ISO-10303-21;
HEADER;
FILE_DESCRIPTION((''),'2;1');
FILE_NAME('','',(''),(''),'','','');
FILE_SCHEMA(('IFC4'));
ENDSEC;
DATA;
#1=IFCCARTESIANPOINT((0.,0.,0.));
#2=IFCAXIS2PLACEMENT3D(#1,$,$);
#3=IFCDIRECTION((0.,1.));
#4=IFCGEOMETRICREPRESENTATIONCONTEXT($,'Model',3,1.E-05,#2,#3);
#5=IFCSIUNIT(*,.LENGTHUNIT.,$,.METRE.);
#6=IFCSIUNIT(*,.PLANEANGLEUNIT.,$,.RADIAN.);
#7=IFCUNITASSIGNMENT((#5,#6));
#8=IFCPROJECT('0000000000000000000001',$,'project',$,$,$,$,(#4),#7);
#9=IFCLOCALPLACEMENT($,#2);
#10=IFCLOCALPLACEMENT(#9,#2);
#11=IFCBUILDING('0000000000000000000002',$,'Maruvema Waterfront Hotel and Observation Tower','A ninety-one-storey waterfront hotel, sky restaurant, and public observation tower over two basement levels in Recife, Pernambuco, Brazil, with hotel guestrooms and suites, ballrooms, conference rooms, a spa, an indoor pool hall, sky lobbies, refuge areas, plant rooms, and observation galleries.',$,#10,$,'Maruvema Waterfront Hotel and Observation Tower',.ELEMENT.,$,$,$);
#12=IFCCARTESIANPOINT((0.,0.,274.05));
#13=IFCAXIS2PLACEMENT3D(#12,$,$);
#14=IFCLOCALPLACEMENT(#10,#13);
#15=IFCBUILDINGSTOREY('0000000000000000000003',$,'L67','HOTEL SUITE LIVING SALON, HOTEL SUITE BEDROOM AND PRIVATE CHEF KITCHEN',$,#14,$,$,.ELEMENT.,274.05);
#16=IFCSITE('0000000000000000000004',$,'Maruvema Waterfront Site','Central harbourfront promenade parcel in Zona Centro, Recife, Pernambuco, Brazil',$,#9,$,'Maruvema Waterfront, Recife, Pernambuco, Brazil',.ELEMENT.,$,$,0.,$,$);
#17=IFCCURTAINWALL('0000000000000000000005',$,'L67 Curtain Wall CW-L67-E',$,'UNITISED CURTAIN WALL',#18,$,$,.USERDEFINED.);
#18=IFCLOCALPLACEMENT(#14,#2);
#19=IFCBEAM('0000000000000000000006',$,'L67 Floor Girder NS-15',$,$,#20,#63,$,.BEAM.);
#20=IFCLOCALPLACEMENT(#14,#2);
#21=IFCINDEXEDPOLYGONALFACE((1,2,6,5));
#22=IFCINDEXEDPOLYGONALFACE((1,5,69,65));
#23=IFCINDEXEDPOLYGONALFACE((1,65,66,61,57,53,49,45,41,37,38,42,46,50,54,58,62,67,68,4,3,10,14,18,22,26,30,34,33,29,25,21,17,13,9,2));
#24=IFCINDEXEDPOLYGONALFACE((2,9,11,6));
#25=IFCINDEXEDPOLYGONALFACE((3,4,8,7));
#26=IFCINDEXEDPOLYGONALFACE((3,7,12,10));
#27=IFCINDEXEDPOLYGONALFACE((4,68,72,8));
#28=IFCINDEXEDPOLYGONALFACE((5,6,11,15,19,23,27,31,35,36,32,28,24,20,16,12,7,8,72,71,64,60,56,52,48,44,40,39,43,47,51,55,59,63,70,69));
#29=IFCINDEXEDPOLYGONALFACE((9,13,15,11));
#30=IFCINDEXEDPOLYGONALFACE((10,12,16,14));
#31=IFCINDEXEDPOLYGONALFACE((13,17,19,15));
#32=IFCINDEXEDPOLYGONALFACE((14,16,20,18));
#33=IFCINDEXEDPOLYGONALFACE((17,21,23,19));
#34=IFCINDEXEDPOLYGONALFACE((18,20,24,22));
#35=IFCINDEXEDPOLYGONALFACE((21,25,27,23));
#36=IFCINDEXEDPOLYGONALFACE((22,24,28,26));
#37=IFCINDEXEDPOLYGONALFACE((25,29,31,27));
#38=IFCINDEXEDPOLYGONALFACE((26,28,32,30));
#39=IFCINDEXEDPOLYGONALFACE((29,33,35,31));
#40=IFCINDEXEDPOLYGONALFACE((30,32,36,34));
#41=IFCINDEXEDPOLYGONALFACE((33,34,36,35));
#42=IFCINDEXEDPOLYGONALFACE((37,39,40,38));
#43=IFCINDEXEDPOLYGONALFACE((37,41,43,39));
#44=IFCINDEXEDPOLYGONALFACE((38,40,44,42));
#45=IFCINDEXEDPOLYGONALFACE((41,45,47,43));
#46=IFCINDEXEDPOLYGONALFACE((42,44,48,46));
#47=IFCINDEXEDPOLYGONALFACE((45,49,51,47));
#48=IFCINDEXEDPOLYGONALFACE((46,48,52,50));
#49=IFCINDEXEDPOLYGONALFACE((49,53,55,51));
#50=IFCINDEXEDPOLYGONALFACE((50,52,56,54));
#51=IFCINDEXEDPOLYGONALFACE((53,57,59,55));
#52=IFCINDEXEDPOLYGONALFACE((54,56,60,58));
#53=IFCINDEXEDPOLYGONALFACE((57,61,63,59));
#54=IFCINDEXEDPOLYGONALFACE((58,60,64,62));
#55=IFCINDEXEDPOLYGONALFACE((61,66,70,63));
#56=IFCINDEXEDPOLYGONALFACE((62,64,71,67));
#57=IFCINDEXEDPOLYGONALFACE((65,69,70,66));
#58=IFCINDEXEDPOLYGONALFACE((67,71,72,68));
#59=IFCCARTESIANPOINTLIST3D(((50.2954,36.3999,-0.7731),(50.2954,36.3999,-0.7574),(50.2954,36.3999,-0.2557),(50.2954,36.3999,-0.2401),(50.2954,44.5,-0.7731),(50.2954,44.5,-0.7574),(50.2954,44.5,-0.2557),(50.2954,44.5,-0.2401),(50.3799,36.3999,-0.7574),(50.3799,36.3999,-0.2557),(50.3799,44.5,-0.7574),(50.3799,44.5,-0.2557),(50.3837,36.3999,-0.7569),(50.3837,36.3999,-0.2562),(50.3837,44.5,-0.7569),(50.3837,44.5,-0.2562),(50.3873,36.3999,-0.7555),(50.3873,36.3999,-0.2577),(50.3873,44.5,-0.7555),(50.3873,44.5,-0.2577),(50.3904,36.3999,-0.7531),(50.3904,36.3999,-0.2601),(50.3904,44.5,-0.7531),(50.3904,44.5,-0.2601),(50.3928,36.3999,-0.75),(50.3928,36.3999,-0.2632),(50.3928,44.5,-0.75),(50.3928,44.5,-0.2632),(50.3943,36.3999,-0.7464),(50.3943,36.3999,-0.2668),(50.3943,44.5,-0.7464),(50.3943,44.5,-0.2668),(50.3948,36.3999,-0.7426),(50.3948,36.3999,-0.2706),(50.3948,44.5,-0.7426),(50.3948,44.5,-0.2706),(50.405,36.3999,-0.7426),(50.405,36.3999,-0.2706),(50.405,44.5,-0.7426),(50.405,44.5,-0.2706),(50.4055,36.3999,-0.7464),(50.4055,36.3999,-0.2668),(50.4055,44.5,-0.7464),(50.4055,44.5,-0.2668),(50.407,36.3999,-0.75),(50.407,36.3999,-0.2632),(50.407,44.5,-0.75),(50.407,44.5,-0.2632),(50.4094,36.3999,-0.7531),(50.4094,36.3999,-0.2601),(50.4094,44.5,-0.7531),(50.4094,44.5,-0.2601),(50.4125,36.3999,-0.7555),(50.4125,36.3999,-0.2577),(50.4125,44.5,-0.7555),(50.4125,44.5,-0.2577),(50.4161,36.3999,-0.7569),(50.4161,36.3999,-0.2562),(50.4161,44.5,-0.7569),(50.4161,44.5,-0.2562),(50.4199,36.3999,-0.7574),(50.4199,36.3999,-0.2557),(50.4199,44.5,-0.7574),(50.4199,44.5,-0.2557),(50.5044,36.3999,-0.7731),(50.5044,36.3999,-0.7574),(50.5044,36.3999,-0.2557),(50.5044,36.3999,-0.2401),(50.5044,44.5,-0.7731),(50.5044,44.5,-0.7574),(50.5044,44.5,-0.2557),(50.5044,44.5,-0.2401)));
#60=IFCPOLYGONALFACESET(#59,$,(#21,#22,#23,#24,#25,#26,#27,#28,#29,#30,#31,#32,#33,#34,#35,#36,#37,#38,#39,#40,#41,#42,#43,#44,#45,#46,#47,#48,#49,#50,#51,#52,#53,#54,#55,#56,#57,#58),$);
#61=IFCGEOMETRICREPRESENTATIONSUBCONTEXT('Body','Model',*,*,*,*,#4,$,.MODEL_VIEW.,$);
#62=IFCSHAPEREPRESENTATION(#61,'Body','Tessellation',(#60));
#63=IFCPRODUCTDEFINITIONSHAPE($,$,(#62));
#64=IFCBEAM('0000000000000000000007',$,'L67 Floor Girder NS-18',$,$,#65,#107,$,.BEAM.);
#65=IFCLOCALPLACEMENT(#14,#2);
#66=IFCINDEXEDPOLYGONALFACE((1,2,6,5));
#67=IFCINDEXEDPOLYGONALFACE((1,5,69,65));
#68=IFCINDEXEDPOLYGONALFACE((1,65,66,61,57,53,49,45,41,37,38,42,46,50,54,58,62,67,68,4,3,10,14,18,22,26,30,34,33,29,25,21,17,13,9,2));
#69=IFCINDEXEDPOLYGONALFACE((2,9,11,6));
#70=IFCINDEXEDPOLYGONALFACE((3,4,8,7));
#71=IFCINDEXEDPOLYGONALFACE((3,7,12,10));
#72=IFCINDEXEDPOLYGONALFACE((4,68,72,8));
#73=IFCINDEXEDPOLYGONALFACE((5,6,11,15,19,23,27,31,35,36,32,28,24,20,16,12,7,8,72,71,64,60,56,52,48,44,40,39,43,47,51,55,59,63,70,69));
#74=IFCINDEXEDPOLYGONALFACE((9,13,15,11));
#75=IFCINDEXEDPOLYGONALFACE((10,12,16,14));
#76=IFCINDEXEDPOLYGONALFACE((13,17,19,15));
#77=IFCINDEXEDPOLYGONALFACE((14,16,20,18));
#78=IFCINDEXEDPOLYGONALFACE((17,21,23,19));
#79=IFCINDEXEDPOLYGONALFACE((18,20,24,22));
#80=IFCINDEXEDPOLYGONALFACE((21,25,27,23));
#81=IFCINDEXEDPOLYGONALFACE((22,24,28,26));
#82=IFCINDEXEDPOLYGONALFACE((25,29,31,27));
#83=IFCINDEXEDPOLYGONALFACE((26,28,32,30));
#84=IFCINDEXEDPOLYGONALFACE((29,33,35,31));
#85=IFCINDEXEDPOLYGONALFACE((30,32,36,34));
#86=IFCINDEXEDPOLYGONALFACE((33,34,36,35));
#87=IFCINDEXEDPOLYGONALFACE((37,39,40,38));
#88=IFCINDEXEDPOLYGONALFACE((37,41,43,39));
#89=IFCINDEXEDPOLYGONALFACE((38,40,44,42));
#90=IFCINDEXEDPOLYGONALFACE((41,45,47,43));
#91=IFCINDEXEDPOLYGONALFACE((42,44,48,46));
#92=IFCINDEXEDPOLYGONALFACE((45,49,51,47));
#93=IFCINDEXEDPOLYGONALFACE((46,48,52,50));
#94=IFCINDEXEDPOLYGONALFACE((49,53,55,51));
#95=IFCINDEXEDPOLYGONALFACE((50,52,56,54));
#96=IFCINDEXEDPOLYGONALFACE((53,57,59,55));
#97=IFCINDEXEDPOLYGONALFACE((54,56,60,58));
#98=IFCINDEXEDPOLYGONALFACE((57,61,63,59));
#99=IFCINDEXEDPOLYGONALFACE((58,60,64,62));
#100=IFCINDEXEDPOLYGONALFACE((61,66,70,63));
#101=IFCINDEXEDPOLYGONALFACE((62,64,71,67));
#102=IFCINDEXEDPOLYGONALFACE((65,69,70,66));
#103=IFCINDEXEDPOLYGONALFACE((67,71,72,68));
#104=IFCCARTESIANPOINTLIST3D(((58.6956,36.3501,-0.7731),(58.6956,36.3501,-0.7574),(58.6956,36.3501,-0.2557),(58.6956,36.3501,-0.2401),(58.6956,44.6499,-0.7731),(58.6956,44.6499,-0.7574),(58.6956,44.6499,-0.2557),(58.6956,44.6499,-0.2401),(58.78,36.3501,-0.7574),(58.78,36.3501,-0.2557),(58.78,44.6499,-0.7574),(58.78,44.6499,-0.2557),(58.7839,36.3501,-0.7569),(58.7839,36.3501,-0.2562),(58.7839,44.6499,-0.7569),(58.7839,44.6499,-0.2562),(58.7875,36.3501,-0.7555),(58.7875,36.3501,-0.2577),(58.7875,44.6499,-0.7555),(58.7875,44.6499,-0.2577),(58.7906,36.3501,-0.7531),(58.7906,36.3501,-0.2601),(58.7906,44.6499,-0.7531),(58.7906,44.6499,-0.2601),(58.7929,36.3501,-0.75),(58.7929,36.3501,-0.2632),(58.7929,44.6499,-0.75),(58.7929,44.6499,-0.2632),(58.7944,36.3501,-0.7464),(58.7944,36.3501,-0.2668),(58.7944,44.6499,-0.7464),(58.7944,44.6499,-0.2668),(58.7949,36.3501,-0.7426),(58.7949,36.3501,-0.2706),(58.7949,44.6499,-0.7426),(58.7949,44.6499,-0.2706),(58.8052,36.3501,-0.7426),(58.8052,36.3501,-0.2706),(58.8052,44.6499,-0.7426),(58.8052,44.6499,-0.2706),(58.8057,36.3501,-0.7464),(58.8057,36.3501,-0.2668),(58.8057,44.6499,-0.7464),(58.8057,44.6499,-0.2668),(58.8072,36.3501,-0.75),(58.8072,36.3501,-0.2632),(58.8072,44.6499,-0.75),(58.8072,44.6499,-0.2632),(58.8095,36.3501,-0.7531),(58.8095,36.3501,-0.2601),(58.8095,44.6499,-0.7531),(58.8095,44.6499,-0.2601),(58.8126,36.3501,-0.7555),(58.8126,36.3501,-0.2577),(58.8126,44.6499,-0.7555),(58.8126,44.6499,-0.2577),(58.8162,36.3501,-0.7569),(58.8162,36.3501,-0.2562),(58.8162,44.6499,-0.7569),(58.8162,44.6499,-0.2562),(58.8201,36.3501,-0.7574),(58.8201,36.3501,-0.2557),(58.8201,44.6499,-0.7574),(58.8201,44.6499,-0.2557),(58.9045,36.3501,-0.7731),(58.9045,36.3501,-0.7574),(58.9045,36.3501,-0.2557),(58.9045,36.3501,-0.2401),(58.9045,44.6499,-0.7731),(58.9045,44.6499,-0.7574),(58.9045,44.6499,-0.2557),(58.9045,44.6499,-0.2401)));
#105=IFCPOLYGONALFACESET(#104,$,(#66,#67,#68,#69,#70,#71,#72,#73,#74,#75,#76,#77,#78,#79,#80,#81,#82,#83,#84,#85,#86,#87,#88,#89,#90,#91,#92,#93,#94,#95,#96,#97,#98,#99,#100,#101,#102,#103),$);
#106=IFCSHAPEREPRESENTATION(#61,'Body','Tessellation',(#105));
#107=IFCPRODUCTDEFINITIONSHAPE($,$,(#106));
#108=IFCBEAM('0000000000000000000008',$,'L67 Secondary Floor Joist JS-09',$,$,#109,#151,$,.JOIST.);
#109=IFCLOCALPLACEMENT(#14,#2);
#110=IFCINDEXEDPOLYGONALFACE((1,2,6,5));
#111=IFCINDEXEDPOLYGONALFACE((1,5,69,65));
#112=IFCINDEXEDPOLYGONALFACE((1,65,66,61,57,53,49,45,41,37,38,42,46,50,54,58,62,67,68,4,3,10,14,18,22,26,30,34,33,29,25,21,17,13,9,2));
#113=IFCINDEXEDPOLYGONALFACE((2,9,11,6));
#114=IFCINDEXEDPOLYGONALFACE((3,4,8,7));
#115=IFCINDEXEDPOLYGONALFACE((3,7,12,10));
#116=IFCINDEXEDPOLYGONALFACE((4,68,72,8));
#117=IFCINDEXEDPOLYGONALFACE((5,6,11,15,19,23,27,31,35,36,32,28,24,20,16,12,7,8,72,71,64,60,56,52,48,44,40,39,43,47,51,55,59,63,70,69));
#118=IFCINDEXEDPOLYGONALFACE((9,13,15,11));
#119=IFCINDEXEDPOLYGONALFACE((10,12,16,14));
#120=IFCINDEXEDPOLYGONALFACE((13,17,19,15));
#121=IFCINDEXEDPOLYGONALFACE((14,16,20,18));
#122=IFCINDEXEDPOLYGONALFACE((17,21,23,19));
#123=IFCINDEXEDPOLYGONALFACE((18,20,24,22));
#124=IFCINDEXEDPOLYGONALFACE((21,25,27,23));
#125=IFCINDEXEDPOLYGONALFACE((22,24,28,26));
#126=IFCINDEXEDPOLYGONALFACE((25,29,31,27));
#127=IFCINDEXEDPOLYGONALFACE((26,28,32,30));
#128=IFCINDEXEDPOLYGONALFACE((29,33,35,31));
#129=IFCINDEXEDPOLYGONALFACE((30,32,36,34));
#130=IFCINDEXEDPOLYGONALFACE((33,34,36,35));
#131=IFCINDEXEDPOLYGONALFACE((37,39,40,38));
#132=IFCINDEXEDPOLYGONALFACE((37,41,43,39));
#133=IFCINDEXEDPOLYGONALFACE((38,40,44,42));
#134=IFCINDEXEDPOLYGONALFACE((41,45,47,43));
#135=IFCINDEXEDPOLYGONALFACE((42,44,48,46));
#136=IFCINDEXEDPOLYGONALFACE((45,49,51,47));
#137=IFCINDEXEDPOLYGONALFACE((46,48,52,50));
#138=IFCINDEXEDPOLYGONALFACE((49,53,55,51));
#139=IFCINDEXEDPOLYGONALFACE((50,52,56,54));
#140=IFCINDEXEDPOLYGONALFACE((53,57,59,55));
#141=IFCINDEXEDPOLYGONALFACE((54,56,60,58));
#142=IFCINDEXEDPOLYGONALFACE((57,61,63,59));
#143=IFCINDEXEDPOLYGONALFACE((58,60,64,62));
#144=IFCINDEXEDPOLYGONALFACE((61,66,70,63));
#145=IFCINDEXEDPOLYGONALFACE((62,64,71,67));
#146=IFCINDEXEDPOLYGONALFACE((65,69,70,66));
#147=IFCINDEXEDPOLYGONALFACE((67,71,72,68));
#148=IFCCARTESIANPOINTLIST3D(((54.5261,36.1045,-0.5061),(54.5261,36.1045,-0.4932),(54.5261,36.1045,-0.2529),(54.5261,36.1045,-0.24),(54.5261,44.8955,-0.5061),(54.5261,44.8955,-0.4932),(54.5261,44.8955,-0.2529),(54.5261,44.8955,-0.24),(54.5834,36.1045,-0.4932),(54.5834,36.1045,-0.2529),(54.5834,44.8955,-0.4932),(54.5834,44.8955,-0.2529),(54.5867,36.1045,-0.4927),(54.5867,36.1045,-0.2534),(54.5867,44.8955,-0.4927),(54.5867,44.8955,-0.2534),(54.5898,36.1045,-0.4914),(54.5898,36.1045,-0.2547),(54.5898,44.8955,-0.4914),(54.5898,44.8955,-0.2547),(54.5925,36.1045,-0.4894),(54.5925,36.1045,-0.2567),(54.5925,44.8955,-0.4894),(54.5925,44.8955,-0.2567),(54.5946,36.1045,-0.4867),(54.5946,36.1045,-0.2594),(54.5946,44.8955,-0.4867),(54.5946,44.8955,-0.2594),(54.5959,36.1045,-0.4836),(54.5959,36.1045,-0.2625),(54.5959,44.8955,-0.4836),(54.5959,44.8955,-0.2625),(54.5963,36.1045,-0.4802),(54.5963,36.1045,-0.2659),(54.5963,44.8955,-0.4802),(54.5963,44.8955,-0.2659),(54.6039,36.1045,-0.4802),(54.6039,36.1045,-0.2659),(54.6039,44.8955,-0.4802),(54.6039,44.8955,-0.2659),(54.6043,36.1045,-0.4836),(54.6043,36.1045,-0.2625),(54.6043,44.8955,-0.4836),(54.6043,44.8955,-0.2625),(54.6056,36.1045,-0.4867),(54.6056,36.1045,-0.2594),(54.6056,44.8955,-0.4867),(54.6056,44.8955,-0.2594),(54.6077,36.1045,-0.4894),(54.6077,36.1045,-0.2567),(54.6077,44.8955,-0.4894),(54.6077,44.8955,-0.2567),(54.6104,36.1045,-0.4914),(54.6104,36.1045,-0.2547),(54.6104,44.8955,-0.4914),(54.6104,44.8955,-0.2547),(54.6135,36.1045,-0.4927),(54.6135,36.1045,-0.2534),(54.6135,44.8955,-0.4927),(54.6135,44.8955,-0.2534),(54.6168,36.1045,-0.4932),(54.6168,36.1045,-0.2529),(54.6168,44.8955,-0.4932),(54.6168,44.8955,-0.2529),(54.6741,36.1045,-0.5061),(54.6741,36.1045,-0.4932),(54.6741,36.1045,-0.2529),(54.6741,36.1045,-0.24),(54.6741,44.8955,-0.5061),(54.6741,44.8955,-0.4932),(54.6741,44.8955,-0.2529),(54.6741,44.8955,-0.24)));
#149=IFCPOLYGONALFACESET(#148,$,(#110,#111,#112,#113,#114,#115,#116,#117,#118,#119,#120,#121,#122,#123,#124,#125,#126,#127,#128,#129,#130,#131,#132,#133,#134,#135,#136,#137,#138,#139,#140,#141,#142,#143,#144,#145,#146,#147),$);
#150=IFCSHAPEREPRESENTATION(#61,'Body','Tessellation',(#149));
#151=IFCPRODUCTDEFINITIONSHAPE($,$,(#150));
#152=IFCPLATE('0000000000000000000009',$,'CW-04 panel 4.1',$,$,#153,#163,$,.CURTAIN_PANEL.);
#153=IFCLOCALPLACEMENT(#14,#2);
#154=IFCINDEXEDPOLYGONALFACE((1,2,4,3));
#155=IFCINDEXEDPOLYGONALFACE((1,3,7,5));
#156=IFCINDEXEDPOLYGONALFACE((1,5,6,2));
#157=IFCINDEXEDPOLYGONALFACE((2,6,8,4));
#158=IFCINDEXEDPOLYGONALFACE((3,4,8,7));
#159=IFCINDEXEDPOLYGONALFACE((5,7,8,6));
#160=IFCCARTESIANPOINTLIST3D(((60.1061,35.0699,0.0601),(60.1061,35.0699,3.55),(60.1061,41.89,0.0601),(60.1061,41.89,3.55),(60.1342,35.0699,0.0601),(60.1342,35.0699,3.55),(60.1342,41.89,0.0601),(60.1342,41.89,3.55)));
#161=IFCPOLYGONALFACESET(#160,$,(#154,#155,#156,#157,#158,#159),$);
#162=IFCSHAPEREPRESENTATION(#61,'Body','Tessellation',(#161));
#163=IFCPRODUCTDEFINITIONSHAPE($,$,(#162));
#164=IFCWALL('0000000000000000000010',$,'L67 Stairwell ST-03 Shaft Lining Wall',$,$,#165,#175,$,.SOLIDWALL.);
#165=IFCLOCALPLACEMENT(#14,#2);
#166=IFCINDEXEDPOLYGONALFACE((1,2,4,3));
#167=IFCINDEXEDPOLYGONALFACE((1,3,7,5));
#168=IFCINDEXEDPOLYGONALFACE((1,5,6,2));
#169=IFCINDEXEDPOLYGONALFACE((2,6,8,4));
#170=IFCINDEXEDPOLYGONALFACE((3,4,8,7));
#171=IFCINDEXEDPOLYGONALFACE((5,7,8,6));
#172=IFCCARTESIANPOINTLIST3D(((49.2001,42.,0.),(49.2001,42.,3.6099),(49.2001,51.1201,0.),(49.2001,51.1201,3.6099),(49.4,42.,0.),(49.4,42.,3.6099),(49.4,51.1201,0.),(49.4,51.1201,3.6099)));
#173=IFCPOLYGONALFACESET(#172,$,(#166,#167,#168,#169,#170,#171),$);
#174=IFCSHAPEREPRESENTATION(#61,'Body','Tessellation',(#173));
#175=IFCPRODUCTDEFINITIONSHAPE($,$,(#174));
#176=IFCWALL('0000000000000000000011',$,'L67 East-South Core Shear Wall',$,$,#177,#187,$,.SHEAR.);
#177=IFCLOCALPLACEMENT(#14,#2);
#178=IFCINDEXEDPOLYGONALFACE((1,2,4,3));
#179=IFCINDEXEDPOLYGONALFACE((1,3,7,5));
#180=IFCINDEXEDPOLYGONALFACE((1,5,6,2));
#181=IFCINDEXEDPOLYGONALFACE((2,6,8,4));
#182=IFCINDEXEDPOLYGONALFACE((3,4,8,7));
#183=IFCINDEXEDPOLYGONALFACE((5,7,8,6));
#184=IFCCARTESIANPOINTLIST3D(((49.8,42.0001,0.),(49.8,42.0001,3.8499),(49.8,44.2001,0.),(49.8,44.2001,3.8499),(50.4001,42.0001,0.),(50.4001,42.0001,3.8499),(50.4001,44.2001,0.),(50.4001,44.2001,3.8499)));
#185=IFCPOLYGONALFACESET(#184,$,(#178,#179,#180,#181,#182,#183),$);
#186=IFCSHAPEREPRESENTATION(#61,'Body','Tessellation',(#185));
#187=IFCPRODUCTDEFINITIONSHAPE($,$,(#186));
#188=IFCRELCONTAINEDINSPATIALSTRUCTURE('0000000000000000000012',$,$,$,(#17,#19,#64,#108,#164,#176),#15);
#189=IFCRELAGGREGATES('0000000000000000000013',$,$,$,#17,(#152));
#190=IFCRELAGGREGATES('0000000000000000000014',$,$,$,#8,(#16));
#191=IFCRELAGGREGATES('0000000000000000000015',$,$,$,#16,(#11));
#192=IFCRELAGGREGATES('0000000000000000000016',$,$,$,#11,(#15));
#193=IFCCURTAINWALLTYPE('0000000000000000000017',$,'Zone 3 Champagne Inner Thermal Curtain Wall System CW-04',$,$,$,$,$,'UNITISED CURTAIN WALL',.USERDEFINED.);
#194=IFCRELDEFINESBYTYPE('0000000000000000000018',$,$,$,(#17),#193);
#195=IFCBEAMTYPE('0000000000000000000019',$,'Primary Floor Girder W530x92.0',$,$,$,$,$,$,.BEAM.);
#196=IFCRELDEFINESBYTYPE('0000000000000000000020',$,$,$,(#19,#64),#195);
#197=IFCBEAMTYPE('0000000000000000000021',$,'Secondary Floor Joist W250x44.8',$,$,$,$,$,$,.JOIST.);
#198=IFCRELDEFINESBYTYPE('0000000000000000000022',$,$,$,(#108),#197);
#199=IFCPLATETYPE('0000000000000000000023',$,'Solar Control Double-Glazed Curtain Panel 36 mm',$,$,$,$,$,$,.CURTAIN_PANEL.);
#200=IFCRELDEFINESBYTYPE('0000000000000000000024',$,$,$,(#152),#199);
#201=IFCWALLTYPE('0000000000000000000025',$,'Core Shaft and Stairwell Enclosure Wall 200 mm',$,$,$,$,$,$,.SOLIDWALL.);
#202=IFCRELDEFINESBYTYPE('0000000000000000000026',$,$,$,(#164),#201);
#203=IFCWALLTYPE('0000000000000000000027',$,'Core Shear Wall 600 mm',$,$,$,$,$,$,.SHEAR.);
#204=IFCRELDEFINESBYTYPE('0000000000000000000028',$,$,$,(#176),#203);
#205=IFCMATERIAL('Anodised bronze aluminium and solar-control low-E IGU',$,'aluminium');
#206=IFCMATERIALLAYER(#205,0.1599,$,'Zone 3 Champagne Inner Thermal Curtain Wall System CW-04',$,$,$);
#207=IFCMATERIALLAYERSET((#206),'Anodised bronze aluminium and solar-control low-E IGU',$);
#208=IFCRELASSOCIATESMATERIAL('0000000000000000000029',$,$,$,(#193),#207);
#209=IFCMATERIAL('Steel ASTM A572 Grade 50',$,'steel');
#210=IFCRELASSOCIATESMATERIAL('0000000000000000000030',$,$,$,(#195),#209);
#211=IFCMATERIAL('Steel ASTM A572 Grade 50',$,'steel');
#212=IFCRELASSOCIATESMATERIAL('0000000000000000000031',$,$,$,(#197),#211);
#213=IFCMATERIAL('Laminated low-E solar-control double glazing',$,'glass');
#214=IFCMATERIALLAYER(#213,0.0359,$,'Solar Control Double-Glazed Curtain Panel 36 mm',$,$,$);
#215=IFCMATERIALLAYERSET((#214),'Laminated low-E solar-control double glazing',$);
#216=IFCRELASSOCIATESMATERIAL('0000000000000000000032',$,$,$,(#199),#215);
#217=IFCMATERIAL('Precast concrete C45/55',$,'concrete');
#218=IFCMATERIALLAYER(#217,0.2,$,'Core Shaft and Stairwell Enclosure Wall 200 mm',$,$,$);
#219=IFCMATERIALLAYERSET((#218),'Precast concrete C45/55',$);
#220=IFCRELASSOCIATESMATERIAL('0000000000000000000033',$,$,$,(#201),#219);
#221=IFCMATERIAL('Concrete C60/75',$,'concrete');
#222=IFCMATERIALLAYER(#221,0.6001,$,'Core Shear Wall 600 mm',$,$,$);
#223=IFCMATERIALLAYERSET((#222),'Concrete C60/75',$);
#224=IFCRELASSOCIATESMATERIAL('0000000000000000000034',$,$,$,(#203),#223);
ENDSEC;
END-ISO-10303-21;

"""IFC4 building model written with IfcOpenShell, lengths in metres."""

from ifc_helpers import new_model, si_unit, direction, frame, frame_2d, origin, origin_2d, place, context, subcontext, project, spatial, rectangle, i_section, extrude, material, layer, layer_set, material_profile, profile_set, type_object, element, aggregate, save


model = new_model("IFC4")

# Units and contexts
model_context = context("Model", 3, precision=1e-05, world=origin(), true_north=direction((0.0, 1.0)))
body_context = subcontext(model_context, "Body", "Model", "MODEL_VIEW")
ifc_project = project(units=[si_unit("LENGTHUNIT", "METRE"), si_unit("PLANEANGLEUNIT", "RADIAN")], contexts=[model_context])

# Site, building, storey
site_placement = place(None, origin())
site = spatial("IfcSite", under=ifc_project, at=site_placement, Name="Maruvema Waterfront Site", Description="Central harbourfront promenade parcel in Zona Centro, Recife, Pernambuco, Brazil", LongName="Maruvema Waterfront, Recife, Pernambuco, Brazil", CompositionType="ELEMENT", RefElevation=0.0)
building_placement = place(site_placement, origin())
building = spatial("IfcBuilding", under=site, at=building_placement, Name="Maruvema Waterfront Hotel and Observation Tower", Description="A ninety-one-storey waterfront hotel, sky restaurant, and public observation tower over two basement levels in Recife, Pernambuco, Brazil, with hotel guestrooms and suites, ballrooms, conference rooms, a spa, an indoor pool hall, sky lobbies, refuge areas, plant rooms, and observation galleries.", LongName="Maruvema Waterfront Hotel and Observation Tower", CompositionType="ELEMENT")
storey_placement = place(building_placement, frame((0.0, 0.0, 274.05)))
storey = spatial("IfcBuildingStorey", under=building, at=storey_placement, Name="L67", Description="HOTEL SUITE LIVING SALON, HOTEL SUITE BEDROOM AND PRIVATE CHEF KITCHEN", CompositionType="ELEMENT", Elevation=274.05)

# Curtain wall
ifc_material_1 = material(Name="Anodised bronze aluminium and solar-control low-E IGU", Category="aluminium")
ifc_layer_1 = layer(ifc_material_1, 0.1599, Name="Zone 3 Champagne Inner Thermal Curtain Wall System CW-04")
ifc_layer_set_1 = layer_set([ifc_layer_1], Name="Anodised bronze aluminium and solar-control low-E IGU")
curtain_wall_type = type_object("IfcCurtainWallType", Name="Zone 3 Champagne Inner Thermal Curtain Wall System CW-04", ElementType="UNITISED CURTAIN WALL", PredefinedType="USERDEFINED", material=ifc_layer_set_1)
curtain_wall_placement = place(storey_placement, origin())
curtain_wall = element("IfcCurtainWall", 1, at=curtain_wall_placement, inside=storey, type_object=curtain_wall_type, Name="L67 Curtain Wall CW-L67-E", ObjectType="UNITISED CURTAIN WALL", PredefinedType="USERDEFINED")

# Beams
ifc_material_2 = material(Name="Steel ASTM A572 Grade 50", Category="steel")
ifc_material_profile_1 = material_profile(ifc_material_2, i_section(OverallWidth=0.209, OverallDepth=0.533, WebThickness=0.0103, FlangeThickness=0.0156, FilletRadius=0.0149, at=origin_2d()), Name="W530x92.0")
ifc_profile_set_1 = profile_set([ifc_material_profile_1], Name="Steel ASTM A572 Grade 50")
beam_type_1 = type_object("IfcBeamType", Name="Primary Floor Girder W530x92.0", PredefinedType="BEAM", material=ifc_profile_set_1)
beam_1_placement = place(storey_placement, frame((50.3999, 36.3999, -0.5066), z_axis=(0.0, 1.0, 0.0), x_axis=(-1.0, 0.0, 0.0)))
element("IfcBeam", 2, at=beam_1_placement, inside=storey, type_object=beam_type_1, Name="L67 Floor Girder NS-15", PredefinedType="BEAM", context=body_context, shape_type="SweptSolid", body=[
    extrude(i_section(OverallWidth=0.209, OverallDepth=0.533, WebThickness=0.0103, FlangeThickness=0.0156, FilletRadius=0.0149, at=origin_2d()), origin(), (0.0, 0.0, 1.0), 8.1001),
])
beam_2_placement = place(storey_placement, frame((58.8, 36.3501, -0.5066), z_axis=(0.0, 1.0, 0.0), x_axis=(-1.0, 0.0, 0.0)))
element("IfcBeam", 3, at=beam_2_placement, inside=storey, type_object=beam_type_1, Name="L67 Floor Girder NS-18", PredefinedType="BEAM", context=body_context, shape_type="SweptSolid", body=[
    extrude(i_section(OverallWidth=0.209, OverallDepth=0.533, WebThickness=0.0103, FlangeThickness=0.0156, FilletRadius=0.0149, at=origin_2d()), origin(), (0.0, 0.0, 1.0), 8.2998),
])
ifc_material_3 = material(Name="Steel ASTM A572 Grade 50", Category="steel")
ifc_material_profile_2 = material_profile(ifc_material_3, i_section(OverallWidth=0.1479, OverallDepth=0.2661, WebThickness=0.0076, FlangeThickness=0.0129, FilletRadius=0.0129, at=origin_2d()), Name="W250x44.8")
ifc_profile_set_2 = profile_set([ifc_material_profile_2], Name="Steel ASTM A572 Grade 50")
beam_type_2 = type_object("IfcBeamType", Name="Secondary Floor Joist W250x44.8", PredefinedType="JOIST", material=ifc_profile_set_2)
beam_3_placement = place(storey_placement, frame((54.6001, 36.1045, -0.373), z_axis=(0.0, 1.0, 0.0), x_axis=(-1.0, 0.0, 0.0)))
element("IfcBeam", 4, at=beam_3_placement, inside=storey, type_object=beam_type_2, Name="L67 Secondary Floor Joist JS-09", PredefinedType="JOIST", context=body_context, shape_type="SweptSolid", body=[
    extrude(i_section(OverallWidth=0.1479, OverallDepth=0.2661, WebThickness=0.0076, FlangeThickness=0.0129, FilletRadius=0.0129, at=origin_2d()), origin(), (0.0, 0.0, 1.0), 8.791),
])

# Plate
ifc_material_4 = material(Name="Laminated low-E solar-control double glazing", Category="glass")
ifc_layer_2 = layer(ifc_material_4, 0.0359, Name="Solar Control Double-Glazed Curtain Panel 36 mm")
ifc_layer_set_2 = layer_set([ifc_layer_2], Name="Laminated low-E solar-control double glazing")
plate_type = type_object("IfcPlateType", Name="Solar Control Double-Glazed Curtain Panel 36 mm", PredefinedType="CURTAIN_PANEL", material=ifc_layer_set_2)
plate_placement = place(storey_placement, frame((60.1201, 38.48, 0.0601), z_axis=(0.0, 0.0, 1.0), x_axis=(0.0, 1.0, 0.0)))
plate = element("IfcPlate", 5, at=plate_placement, type_object=plate_type, Name="CW-04 panel 4.1", PredefinedType="CURTAIN_PANEL", context=body_context, shape_type="SweptSolid", body=[
    extrude(rectangle(XDim=6.8201, YDim=0.0281, at=origin_2d()), origin(), (0.0, 0.0, 1.0), 3.49),
])
aggregate(curtain_wall, [plate])

# Walls
ifc_material_5 = material(Name="Precast concrete C45/55", Category="concrete")
ifc_layer_3 = layer(ifc_material_5, 0.2, Name="Core Shaft and Stairwell Enclosure Wall 200 mm")
ifc_layer_set_3 = layer_set([ifc_layer_3], Name="Precast concrete C45/55")
wall_type_1 = type_object("IfcWallType", Name="Core Shaft and Stairwell Enclosure Wall 200 mm", PredefinedType="SOLIDWALL", material=ifc_layer_set_3)
wall_1_placement = place(storey_placement, frame((49.3, 42.0, 0.0), z_axis=(0.0, 0.0, 1.0), x_axis=(0.0, 1.0, 0.0)))
element("IfcWall", 6, at=wall_1_placement, inside=storey, type_object=wall_type_1, Name="L67 Stairwell ST-03 Shaft Lining Wall", PredefinedType="SOLIDWALL", context=body_context, shape_type="SweptSolid", body=[
    extrude(rectangle(XDim=9.1201, YDim=0.2, at=frame_2d((4.5601, 0.0))), origin(), (0.0, 0.0, 1.0), 3.6099),
])
ifc_material_6 = material(Name="Concrete C60/75", Category="concrete")
ifc_layer_4 = layer(ifc_material_6, 0.6001, Name="Core Shear Wall 600 mm")
ifc_layer_set_4 = layer_set([ifc_layer_4], Name="Concrete C60/75")
wall_type_2 = type_object("IfcWallType", Name="Core Shear Wall 600 mm", PredefinedType="SHEAR", material=ifc_layer_set_4)
wall_2_placement = place(storey_placement, frame((50.1001, 42.0, 0.0), z_axis=(0.0, 0.0, 1.0), x_axis=(0.0, 1.0, 0.0)))
element("IfcWall", 7, at=wall_2_placement, inside=storey, type_object=wall_type_2, Name="L67 East-South Core Shear Wall", PredefinedType="SHEAR", context=body_context, shape_type="SweptSolid", body=[
    extrude(rectangle(XDim=2.2, YDim=0.6001, at=frame_2d((1.1001, 0.0))), origin(), (0.0, 0.0, 1.0), 3.8499),
])

save(model, "model.ifc")
